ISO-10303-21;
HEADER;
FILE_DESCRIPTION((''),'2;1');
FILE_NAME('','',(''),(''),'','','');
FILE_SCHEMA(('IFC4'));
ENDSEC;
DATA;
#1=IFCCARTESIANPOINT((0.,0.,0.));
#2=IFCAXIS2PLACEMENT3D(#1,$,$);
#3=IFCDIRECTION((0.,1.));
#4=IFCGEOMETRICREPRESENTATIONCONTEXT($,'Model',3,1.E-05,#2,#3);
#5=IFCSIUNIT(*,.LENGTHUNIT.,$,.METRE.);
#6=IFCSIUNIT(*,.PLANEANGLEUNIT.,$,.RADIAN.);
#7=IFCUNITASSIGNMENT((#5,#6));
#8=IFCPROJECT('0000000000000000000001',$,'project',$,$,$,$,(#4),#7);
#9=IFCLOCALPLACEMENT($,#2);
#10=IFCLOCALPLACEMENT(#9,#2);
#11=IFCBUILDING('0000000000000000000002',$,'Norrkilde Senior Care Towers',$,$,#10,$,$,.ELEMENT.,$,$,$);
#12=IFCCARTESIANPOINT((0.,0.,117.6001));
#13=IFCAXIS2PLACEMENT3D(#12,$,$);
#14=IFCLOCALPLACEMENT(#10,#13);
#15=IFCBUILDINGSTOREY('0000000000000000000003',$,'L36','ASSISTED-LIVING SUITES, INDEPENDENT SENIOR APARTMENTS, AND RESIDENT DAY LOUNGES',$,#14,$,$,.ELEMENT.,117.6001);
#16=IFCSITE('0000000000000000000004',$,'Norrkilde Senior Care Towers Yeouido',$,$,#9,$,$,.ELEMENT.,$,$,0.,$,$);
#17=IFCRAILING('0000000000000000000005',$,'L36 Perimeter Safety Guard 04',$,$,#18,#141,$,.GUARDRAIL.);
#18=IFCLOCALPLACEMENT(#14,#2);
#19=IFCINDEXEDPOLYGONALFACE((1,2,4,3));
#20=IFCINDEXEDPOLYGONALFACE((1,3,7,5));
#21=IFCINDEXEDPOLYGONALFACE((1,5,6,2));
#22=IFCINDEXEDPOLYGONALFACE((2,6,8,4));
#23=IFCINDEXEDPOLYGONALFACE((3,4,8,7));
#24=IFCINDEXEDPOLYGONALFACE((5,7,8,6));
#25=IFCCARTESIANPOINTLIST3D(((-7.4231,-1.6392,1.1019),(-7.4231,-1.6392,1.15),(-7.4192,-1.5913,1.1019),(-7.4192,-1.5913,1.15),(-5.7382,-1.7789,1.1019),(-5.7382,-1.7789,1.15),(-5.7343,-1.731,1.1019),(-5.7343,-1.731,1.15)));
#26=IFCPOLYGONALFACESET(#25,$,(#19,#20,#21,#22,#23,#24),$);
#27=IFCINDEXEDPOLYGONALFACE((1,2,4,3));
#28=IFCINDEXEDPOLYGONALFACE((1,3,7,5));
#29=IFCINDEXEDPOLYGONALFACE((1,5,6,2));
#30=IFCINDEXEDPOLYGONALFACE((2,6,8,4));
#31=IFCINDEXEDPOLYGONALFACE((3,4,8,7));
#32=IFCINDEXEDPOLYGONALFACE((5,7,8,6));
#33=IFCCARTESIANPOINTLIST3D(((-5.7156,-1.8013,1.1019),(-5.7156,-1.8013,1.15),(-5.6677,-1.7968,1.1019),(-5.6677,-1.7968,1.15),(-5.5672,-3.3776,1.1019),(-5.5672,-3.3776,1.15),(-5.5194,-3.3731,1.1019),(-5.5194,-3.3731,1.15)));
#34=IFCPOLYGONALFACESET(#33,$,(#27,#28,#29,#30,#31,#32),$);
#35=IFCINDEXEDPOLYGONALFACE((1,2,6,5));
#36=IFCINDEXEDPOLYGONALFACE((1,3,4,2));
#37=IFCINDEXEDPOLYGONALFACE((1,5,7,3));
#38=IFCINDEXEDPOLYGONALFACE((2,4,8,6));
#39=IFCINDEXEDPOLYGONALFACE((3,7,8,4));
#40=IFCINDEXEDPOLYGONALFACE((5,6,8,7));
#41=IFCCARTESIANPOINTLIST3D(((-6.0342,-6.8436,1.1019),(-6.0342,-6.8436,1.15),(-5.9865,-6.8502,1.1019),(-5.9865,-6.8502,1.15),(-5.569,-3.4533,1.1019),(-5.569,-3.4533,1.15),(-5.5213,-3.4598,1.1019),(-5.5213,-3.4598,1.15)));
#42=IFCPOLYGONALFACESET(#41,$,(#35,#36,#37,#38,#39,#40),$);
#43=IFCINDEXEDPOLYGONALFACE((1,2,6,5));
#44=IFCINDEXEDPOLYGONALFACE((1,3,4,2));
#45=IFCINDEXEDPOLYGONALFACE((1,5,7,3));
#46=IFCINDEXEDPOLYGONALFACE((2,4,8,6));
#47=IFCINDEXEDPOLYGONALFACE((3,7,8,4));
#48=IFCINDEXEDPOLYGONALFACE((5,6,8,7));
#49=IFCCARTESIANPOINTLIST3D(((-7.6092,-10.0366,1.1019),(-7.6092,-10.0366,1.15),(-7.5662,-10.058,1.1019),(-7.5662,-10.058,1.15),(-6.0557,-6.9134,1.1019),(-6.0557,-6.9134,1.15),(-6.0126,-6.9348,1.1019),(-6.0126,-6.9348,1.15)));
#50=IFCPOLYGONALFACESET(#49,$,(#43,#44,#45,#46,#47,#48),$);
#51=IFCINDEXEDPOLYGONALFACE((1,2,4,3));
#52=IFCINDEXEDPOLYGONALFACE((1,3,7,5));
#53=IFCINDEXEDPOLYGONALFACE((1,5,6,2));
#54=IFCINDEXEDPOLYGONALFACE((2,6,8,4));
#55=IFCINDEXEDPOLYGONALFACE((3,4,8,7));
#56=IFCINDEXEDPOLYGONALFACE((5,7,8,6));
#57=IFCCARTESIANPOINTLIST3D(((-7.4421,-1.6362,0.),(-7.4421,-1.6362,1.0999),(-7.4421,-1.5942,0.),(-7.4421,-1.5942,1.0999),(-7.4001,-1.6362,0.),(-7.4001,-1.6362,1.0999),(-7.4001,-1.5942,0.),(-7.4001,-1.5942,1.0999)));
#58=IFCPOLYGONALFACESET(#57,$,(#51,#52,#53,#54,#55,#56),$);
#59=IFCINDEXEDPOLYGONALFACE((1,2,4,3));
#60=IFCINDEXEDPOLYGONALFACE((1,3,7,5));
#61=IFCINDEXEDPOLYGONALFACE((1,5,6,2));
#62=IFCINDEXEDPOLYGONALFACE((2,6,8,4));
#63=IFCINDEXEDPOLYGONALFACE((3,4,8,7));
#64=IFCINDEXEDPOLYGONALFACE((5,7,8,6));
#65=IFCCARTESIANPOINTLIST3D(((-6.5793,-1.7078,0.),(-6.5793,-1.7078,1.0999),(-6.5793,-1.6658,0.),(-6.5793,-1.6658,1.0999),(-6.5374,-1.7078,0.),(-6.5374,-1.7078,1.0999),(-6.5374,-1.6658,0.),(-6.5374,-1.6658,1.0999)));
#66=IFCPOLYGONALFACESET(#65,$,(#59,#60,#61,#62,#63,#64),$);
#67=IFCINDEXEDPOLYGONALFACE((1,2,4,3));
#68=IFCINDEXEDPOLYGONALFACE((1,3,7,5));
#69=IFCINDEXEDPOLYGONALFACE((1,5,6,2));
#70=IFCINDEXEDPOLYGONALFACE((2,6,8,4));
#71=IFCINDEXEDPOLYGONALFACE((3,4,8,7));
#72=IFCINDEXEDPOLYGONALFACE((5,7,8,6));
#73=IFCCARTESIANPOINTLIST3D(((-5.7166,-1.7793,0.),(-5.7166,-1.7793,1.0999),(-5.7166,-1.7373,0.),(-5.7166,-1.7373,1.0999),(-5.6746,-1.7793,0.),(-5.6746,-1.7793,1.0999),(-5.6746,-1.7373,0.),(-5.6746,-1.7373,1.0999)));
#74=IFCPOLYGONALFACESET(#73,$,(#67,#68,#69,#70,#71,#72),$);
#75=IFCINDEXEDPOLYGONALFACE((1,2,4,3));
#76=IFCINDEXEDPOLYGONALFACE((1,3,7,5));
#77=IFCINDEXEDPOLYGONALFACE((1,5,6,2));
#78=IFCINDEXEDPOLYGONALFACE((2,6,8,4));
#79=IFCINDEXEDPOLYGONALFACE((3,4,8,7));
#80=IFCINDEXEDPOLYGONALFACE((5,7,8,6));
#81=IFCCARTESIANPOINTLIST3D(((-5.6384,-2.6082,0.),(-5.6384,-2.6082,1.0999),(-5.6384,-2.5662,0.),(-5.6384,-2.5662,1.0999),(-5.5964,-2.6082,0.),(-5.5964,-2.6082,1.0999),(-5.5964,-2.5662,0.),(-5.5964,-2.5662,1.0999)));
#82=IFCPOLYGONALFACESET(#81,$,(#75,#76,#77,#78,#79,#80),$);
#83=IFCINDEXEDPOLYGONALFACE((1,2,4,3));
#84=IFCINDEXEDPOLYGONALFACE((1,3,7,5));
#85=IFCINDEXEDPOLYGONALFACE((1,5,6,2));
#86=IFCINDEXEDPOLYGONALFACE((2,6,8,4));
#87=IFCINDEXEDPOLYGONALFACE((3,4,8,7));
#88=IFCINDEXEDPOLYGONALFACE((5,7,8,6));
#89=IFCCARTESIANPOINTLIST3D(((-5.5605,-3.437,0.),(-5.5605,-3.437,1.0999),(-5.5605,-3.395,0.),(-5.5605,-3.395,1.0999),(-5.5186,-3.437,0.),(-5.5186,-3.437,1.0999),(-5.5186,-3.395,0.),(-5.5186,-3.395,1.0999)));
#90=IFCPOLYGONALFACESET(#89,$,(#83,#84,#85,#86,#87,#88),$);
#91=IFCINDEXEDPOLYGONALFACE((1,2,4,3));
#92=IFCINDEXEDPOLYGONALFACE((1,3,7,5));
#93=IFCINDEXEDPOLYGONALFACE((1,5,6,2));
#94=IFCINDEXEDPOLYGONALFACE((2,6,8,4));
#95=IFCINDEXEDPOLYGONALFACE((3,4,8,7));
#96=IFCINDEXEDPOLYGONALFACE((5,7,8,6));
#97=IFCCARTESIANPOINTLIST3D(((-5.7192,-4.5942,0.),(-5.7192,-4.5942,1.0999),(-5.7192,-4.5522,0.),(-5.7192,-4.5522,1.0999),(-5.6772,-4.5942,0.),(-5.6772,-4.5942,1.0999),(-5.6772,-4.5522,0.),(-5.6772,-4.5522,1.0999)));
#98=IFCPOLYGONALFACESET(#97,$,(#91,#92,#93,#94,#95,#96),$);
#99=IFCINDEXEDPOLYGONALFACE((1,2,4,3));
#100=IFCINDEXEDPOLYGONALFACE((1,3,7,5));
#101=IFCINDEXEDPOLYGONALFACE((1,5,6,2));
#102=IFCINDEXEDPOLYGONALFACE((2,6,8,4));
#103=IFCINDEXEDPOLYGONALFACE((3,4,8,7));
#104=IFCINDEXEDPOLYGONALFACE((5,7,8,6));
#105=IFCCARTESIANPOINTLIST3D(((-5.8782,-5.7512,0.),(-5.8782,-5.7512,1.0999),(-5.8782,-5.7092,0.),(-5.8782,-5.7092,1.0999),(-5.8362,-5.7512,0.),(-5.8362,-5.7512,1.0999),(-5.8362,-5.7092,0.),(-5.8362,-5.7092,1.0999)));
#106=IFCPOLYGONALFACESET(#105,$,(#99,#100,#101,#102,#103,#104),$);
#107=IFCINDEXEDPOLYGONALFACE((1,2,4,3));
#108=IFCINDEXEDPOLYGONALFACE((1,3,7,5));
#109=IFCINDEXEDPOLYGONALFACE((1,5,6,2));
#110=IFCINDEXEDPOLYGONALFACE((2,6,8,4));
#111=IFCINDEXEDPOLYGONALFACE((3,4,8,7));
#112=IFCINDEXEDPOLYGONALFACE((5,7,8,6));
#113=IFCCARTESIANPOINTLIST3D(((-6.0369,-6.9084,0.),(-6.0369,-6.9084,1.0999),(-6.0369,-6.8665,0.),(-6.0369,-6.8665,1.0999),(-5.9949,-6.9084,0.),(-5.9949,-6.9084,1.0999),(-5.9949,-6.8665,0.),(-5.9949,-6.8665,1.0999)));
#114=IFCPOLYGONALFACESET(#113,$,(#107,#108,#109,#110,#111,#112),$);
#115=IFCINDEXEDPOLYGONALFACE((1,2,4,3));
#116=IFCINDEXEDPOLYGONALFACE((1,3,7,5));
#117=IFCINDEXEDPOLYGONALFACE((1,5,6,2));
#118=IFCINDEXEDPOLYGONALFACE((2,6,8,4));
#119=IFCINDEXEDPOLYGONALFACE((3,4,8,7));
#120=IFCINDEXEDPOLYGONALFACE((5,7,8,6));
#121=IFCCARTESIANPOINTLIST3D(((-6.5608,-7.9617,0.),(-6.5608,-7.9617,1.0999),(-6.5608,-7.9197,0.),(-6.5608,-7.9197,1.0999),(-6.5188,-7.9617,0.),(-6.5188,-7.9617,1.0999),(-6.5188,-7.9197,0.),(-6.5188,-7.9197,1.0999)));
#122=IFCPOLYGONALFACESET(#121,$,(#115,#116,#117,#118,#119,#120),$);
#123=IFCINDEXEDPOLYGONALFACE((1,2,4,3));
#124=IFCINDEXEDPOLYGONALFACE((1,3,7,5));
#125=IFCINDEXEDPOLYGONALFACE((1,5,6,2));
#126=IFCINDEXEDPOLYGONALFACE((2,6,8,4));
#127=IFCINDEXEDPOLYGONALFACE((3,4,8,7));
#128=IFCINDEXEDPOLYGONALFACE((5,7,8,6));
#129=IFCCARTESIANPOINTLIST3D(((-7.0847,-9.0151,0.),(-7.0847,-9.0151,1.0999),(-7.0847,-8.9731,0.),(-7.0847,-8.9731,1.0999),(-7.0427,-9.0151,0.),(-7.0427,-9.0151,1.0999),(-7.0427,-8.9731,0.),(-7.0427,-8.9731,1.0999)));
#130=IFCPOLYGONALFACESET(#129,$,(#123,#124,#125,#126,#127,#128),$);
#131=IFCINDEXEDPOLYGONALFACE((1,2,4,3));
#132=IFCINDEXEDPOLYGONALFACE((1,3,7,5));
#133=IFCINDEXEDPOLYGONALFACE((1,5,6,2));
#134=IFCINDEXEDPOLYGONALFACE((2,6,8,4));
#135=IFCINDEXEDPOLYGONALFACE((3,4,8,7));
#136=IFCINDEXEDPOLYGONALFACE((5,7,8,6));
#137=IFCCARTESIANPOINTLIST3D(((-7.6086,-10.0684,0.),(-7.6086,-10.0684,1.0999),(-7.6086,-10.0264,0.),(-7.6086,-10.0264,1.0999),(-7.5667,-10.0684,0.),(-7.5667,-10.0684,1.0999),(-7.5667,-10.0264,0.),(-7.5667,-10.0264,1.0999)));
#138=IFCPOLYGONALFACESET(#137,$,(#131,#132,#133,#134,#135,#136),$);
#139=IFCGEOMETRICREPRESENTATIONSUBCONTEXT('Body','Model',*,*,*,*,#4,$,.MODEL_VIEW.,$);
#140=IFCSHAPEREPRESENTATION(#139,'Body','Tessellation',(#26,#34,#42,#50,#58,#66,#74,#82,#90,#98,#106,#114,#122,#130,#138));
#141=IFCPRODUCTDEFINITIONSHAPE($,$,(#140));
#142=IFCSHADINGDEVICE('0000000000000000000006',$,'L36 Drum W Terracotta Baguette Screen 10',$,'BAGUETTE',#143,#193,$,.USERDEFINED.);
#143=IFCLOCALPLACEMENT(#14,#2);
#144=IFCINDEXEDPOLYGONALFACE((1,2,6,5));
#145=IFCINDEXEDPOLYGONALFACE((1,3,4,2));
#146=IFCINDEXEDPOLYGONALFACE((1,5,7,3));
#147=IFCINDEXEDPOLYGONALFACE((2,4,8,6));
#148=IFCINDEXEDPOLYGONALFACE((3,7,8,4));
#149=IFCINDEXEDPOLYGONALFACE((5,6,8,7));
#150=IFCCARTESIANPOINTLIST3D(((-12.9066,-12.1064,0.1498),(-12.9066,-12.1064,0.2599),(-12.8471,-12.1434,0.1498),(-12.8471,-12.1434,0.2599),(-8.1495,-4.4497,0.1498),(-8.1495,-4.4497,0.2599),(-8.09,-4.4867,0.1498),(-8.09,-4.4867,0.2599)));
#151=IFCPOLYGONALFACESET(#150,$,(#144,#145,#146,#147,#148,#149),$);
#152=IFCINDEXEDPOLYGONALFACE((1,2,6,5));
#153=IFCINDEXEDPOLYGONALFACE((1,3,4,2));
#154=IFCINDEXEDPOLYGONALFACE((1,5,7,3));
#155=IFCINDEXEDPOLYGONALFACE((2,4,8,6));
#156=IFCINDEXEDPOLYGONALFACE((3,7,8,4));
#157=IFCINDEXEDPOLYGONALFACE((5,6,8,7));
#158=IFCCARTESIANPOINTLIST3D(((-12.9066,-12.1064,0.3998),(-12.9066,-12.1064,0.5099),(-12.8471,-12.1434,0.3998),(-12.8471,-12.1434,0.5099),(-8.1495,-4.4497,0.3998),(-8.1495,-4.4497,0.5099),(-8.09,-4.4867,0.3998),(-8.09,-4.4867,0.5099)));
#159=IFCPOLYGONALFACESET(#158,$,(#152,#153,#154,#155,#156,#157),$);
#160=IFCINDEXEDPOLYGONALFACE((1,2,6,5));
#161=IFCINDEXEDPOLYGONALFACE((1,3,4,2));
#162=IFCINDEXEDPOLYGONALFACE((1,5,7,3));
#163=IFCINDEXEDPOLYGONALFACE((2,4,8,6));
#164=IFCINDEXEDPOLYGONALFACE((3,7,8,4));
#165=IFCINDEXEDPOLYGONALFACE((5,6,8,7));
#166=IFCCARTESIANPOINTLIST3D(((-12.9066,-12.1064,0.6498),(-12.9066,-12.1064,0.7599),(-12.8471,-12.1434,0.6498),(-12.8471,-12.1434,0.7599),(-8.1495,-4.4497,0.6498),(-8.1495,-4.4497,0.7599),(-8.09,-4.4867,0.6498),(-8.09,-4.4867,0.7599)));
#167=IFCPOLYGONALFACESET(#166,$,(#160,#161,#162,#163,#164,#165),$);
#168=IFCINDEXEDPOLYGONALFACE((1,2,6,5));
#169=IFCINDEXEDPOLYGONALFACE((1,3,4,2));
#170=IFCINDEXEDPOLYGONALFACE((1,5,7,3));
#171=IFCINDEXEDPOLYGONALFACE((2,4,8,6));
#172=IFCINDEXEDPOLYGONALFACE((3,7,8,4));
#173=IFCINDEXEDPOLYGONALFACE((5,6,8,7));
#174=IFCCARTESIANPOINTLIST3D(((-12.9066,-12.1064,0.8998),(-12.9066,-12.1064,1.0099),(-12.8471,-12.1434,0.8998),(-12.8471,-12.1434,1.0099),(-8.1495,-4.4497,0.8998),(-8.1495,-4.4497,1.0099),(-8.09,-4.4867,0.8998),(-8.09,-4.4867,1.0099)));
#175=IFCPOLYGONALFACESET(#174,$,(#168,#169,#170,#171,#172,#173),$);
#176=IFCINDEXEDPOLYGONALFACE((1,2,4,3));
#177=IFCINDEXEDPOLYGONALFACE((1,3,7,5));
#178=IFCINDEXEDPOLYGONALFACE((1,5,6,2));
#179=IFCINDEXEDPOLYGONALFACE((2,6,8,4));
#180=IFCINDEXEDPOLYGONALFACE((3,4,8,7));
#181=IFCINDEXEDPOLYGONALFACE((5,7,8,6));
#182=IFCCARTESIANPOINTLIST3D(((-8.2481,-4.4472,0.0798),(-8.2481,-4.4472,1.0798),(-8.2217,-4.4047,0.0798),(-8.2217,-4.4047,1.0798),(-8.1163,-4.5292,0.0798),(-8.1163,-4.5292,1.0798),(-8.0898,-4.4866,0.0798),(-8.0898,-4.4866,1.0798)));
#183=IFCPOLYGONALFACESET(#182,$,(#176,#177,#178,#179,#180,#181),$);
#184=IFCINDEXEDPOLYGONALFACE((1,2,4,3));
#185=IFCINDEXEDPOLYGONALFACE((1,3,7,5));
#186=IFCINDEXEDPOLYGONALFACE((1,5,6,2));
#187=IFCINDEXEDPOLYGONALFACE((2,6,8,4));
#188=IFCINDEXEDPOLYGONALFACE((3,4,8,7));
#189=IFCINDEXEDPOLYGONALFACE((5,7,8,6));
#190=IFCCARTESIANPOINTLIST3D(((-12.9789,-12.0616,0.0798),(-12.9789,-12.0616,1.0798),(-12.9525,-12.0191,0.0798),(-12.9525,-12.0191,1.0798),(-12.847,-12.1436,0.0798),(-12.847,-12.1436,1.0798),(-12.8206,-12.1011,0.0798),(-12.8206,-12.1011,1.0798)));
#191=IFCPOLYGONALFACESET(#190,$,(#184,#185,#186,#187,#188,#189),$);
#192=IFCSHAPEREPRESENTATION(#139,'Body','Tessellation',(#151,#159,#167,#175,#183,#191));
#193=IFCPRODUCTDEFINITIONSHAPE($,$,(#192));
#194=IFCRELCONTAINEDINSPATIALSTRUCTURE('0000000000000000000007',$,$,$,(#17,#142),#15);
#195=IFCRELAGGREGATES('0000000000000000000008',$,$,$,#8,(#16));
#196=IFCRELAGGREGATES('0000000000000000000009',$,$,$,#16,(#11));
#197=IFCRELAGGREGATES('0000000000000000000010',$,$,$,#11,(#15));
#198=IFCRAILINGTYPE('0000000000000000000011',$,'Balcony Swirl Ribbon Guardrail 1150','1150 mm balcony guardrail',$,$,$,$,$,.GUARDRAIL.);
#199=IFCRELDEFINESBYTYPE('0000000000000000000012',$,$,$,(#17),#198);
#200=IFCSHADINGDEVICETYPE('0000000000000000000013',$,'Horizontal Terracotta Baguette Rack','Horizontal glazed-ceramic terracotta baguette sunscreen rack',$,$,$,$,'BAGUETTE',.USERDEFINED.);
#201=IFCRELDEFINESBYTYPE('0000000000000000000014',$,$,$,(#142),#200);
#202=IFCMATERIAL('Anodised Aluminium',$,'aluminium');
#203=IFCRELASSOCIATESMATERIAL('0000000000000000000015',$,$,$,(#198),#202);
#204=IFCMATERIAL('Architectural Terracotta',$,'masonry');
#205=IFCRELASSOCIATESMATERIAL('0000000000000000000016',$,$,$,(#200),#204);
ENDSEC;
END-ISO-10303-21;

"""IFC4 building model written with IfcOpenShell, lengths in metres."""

from ifc_helpers import new_model, si_unit, direction, frame, origin, origin_2d, place, context, subcontext, project, spatial, rectangle, extrude, source, transform, mapped, material, type_object, type_shapes, element, save


model = new_model("IFC4")

# Units and contexts
model_context = context("Model", 3, precision=1e-05, world=origin(), true_north=direction((0.0, 1.0)))
body_context = subcontext(model_context, "Body", "Model", "MODEL_VIEW")
ifc_project = project(units=[si_unit("LENGTHUNIT", "METRE"), si_unit("PLANEANGLEUNIT", "RADIAN")], contexts=[model_context])

# Site, building, storey
site_placement = place(None, origin())
site = spatial("IfcSite", under=ifc_project, at=site_placement, Name="Norrkilde Senior Care Towers Yeouido", CompositionType="ELEMENT", RefElevation=0.0)
building_placement = place(site_placement, origin())
building = spatial("IfcBuilding", under=site, at=building_placement, Name="Norrkilde Senior Care Towers", CompositionType="ELEMENT")
storey_placement = place(building_placement, frame((0.0, 0.0, 117.6001)))
storey = spatial("IfcBuildingStorey", under=building, at=storey_placement, Name="L36", Description="ASSISTED-LIVING SUITES, INDEPENDENT SENIOR APARTMENTS, AND RESIDENT DAY LOUNGES", CompositionType="ELEMENT", Elevation=117.6001)

# Shared definitions
ifc_material_1 = material(Name="Anodised Aluminium", Category="aluminium")

# Railing
railing_type = type_object("IfcRailingType", Name="Balcony Swirl Ribbon Guardrail 1150", Description="1150 mm balcony guardrail", PredefinedType="GUARDRAIL", material=ifc_material_1)
railing_1_placement = place(storey_placement, frame((-7.4211, -1.6152, 0.0)))
element("IfcRailing", 1, at=railing_1_placement, inside=storey, type_object=railing_type, Name="L36 Perimeter Safety Guard 04", PredefinedType="GUARDRAIL", context=body_context, shape_type="SweptSolid", body=[
    extrude(rectangle(XDim=0.0481, YDim=0.0481, at=origin_2d()), frame((0.0, 0.0, 1.126), z_axis=(0.996581, -0.082625, 0.0), x_axis=(0.082625, 0.996581, 0.0)), (0.0, 0.0, 1.0), 1.6907),
    extrude(rectangle(XDim=0.0481, YDim=0.0481, at=origin_2d()), frame((1.7295, -0.1838, 1.126), z_axis=(0.093695, -0.995601, 0.0), x_axis=(0.995601, 0.093695, 0.0)), (0.0, 0.0, 1.0), 1.5833),
    extrude(rectangle(XDim=0.0481, YDim=0.0481, at=origin_2d()), frame((1.876, -1.8413, 1.126), z_axis=(-0.135937, -0.990717, 0.0), x_axis=(0.990717, -0.135937, 0.0)), (0.0, 0.0, 1.0), 3.4221),
    extrude(rectangle(XDim=0.0481, YDim=0.0481, at=origin_2d()), frame((1.387, -5.3088, 1.126), z_axis=(-0.445359, -0.895352, 0.0), x_axis=(0.895352, -0.445359, 0.0)), (0.0, 0.0, 1.0), 3.4883),
    extrude(rectangle(XDim=0.042, YDim=0.042, at=origin_2d()), origin(), (0.0, 0.0, 1.0), 1.0999),
    extrude(rectangle(XDim=0.042, YDim=0.042, at=origin_2d()), frame((0.8628, -0.0715, 0.0)), (0.0, 0.0, 1.0), 1.0999),
    extrude(rectangle(XDim=0.042, YDim=0.042, at=origin_2d()), frame((1.7256, -0.1431, 0.0)), (0.0, 0.0, 1.0), 1.0999),
    extrude(rectangle(XDim=0.042, YDim=0.042, at=origin_2d()), frame((1.8037, -0.9719, 0.0)), (0.0, 0.0, 1.0), 1.0999),
    extrude(rectangle(XDim=0.042, YDim=0.042, at=origin_2d()), frame((1.8816, -1.8008, 0.0)), (0.0, 0.0, 1.0), 1.0999),
    extrude(rectangle(XDim=0.042, YDim=0.042, at=origin_2d()), frame((1.7229, -2.958, 0.0)), (0.0, 0.0, 1.0), 1.0999),
    extrude(rectangle(XDim=0.042, YDim=0.042, at=origin_2d()), frame((1.564, -4.115, 0.0)), (0.0, 0.0, 1.0), 1.0999),
    extrude(rectangle(XDim=0.042, YDim=0.042, at=origin_2d()), frame((1.4053, -5.2722, 0.0)), (0.0, 0.0, 1.0), 1.0999),
    extrude(rectangle(XDim=0.042, YDim=0.042, at=origin_2d()), frame((0.8813, -6.3254, 0.0)), (0.0, 0.0, 1.0), 1.0999),
    extrude(rectangle(XDim=0.042, YDim=0.042, at=origin_2d()), frame((0.3574, -7.3789, 0.0)), (0.0, 0.0, 1.0), 1.0999),
    extrude(rectangle(XDim=0.042, YDim=0.042, at=origin_2d()), frame((-0.1665, -8.4321, 0.0)), (0.0, 0.0, 1.0), 1.0999),
])

# Shading device
ifc_material_2 = material(Name="Architectural Terracotta", Category="masonry")
shading_device_type = type_object("IfcShadingDeviceType", Name="Horizontal Terracotta Baguette Rack", Description="Horizontal glazed-ceramic terracotta baguette sunscreen rack", ElementType="BAGUETTE", PredefinedType="USERDEFINED", material=ifc_material_2)
shared_shape_1 = source(origin(), body_context, "Body", "SweptSolid", [
    extrude(rectangle(XDim=0.0701, YDim=0.1101, at=origin_2d()), frame((0.0, 0.0901, 0.125), z_axis=(1.0, 0.0, 0.0), x_axis=(0.0, 1.0, 0.0)), (0.0, 0.0, 1.0), 9.0142),
    extrude(rectangle(XDim=0.0701, YDim=0.1101, at=origin_2d()), frame((0.0, 0.0901, 0.375), z_axis=(1.0, 0.0, 0.0), x_axis=(0.0, 1.0, 0.0)), (0.0, 0.0, 1.0), 9.0142),
    extrude(rectangle(XDim=0.0701, YDim=0.1101, at=origin_2d()), frame((0.0, 0.0901, 0.625), z_axis=(1.0, 0.0, 0.0), x_axis=(0.0, 1.0, 0.0)), (0.0, 0.0, 1.0), 9.0142),
    extrude(rectangle(XDim=0.0701, YDim=0.1101, at=origin_2d()), frame((0.0, 0.0901, 0.875), z_axis=(1.0, 0.0, 0.0), x_axis=(0.0, 1.0, 0.0)), (0.0, 0.0, 1.0), 9.0142),
    extrude(rectangle(XDim=0.05, YDim=0.1553, at=origin_2d()), frame((0.0249, 0.0476, 0.0)), (0.0, 0.0, 1.0), 1.0),
    extrude(rectangle(XDim=0.05, YDim=0.1553, at=origin_2d()), frame((8.9893, 0.0476, 0.0)), (0.0, 0.0, 1.0), 1.0),
])
type_shapes(shading_device_type, [shared_shape_1])
shading_device_placement = place(storey_placement, frame((-8.1963, -4.4207, 0.0798), z_axis=(0.0, 0.0, 1.0), x_axis=(-0.527734, -0.849412, 0.0)))
element("IfcShadingDevice", 2, at=shading_device_placement, inside=storey, type_object=shading_device_type, Name="L36 Drum W Terracotta Baguette Screen 10", ObjectType="BAGUETTE", PredefinedType="USERDEFINED", context=body_context, shape_type="MappedRepresentation", body=[
    mapped(shared_shape_1, transform((0.0, 0.0, 0.0), x_axis=(1.0, 0.0, 0.0), y_axis=(0.0, 1.0, 0.0), z_axis=(0.0, 0.0, 1.0), scale=1.0)),
])

save(model, "model.ifc")
